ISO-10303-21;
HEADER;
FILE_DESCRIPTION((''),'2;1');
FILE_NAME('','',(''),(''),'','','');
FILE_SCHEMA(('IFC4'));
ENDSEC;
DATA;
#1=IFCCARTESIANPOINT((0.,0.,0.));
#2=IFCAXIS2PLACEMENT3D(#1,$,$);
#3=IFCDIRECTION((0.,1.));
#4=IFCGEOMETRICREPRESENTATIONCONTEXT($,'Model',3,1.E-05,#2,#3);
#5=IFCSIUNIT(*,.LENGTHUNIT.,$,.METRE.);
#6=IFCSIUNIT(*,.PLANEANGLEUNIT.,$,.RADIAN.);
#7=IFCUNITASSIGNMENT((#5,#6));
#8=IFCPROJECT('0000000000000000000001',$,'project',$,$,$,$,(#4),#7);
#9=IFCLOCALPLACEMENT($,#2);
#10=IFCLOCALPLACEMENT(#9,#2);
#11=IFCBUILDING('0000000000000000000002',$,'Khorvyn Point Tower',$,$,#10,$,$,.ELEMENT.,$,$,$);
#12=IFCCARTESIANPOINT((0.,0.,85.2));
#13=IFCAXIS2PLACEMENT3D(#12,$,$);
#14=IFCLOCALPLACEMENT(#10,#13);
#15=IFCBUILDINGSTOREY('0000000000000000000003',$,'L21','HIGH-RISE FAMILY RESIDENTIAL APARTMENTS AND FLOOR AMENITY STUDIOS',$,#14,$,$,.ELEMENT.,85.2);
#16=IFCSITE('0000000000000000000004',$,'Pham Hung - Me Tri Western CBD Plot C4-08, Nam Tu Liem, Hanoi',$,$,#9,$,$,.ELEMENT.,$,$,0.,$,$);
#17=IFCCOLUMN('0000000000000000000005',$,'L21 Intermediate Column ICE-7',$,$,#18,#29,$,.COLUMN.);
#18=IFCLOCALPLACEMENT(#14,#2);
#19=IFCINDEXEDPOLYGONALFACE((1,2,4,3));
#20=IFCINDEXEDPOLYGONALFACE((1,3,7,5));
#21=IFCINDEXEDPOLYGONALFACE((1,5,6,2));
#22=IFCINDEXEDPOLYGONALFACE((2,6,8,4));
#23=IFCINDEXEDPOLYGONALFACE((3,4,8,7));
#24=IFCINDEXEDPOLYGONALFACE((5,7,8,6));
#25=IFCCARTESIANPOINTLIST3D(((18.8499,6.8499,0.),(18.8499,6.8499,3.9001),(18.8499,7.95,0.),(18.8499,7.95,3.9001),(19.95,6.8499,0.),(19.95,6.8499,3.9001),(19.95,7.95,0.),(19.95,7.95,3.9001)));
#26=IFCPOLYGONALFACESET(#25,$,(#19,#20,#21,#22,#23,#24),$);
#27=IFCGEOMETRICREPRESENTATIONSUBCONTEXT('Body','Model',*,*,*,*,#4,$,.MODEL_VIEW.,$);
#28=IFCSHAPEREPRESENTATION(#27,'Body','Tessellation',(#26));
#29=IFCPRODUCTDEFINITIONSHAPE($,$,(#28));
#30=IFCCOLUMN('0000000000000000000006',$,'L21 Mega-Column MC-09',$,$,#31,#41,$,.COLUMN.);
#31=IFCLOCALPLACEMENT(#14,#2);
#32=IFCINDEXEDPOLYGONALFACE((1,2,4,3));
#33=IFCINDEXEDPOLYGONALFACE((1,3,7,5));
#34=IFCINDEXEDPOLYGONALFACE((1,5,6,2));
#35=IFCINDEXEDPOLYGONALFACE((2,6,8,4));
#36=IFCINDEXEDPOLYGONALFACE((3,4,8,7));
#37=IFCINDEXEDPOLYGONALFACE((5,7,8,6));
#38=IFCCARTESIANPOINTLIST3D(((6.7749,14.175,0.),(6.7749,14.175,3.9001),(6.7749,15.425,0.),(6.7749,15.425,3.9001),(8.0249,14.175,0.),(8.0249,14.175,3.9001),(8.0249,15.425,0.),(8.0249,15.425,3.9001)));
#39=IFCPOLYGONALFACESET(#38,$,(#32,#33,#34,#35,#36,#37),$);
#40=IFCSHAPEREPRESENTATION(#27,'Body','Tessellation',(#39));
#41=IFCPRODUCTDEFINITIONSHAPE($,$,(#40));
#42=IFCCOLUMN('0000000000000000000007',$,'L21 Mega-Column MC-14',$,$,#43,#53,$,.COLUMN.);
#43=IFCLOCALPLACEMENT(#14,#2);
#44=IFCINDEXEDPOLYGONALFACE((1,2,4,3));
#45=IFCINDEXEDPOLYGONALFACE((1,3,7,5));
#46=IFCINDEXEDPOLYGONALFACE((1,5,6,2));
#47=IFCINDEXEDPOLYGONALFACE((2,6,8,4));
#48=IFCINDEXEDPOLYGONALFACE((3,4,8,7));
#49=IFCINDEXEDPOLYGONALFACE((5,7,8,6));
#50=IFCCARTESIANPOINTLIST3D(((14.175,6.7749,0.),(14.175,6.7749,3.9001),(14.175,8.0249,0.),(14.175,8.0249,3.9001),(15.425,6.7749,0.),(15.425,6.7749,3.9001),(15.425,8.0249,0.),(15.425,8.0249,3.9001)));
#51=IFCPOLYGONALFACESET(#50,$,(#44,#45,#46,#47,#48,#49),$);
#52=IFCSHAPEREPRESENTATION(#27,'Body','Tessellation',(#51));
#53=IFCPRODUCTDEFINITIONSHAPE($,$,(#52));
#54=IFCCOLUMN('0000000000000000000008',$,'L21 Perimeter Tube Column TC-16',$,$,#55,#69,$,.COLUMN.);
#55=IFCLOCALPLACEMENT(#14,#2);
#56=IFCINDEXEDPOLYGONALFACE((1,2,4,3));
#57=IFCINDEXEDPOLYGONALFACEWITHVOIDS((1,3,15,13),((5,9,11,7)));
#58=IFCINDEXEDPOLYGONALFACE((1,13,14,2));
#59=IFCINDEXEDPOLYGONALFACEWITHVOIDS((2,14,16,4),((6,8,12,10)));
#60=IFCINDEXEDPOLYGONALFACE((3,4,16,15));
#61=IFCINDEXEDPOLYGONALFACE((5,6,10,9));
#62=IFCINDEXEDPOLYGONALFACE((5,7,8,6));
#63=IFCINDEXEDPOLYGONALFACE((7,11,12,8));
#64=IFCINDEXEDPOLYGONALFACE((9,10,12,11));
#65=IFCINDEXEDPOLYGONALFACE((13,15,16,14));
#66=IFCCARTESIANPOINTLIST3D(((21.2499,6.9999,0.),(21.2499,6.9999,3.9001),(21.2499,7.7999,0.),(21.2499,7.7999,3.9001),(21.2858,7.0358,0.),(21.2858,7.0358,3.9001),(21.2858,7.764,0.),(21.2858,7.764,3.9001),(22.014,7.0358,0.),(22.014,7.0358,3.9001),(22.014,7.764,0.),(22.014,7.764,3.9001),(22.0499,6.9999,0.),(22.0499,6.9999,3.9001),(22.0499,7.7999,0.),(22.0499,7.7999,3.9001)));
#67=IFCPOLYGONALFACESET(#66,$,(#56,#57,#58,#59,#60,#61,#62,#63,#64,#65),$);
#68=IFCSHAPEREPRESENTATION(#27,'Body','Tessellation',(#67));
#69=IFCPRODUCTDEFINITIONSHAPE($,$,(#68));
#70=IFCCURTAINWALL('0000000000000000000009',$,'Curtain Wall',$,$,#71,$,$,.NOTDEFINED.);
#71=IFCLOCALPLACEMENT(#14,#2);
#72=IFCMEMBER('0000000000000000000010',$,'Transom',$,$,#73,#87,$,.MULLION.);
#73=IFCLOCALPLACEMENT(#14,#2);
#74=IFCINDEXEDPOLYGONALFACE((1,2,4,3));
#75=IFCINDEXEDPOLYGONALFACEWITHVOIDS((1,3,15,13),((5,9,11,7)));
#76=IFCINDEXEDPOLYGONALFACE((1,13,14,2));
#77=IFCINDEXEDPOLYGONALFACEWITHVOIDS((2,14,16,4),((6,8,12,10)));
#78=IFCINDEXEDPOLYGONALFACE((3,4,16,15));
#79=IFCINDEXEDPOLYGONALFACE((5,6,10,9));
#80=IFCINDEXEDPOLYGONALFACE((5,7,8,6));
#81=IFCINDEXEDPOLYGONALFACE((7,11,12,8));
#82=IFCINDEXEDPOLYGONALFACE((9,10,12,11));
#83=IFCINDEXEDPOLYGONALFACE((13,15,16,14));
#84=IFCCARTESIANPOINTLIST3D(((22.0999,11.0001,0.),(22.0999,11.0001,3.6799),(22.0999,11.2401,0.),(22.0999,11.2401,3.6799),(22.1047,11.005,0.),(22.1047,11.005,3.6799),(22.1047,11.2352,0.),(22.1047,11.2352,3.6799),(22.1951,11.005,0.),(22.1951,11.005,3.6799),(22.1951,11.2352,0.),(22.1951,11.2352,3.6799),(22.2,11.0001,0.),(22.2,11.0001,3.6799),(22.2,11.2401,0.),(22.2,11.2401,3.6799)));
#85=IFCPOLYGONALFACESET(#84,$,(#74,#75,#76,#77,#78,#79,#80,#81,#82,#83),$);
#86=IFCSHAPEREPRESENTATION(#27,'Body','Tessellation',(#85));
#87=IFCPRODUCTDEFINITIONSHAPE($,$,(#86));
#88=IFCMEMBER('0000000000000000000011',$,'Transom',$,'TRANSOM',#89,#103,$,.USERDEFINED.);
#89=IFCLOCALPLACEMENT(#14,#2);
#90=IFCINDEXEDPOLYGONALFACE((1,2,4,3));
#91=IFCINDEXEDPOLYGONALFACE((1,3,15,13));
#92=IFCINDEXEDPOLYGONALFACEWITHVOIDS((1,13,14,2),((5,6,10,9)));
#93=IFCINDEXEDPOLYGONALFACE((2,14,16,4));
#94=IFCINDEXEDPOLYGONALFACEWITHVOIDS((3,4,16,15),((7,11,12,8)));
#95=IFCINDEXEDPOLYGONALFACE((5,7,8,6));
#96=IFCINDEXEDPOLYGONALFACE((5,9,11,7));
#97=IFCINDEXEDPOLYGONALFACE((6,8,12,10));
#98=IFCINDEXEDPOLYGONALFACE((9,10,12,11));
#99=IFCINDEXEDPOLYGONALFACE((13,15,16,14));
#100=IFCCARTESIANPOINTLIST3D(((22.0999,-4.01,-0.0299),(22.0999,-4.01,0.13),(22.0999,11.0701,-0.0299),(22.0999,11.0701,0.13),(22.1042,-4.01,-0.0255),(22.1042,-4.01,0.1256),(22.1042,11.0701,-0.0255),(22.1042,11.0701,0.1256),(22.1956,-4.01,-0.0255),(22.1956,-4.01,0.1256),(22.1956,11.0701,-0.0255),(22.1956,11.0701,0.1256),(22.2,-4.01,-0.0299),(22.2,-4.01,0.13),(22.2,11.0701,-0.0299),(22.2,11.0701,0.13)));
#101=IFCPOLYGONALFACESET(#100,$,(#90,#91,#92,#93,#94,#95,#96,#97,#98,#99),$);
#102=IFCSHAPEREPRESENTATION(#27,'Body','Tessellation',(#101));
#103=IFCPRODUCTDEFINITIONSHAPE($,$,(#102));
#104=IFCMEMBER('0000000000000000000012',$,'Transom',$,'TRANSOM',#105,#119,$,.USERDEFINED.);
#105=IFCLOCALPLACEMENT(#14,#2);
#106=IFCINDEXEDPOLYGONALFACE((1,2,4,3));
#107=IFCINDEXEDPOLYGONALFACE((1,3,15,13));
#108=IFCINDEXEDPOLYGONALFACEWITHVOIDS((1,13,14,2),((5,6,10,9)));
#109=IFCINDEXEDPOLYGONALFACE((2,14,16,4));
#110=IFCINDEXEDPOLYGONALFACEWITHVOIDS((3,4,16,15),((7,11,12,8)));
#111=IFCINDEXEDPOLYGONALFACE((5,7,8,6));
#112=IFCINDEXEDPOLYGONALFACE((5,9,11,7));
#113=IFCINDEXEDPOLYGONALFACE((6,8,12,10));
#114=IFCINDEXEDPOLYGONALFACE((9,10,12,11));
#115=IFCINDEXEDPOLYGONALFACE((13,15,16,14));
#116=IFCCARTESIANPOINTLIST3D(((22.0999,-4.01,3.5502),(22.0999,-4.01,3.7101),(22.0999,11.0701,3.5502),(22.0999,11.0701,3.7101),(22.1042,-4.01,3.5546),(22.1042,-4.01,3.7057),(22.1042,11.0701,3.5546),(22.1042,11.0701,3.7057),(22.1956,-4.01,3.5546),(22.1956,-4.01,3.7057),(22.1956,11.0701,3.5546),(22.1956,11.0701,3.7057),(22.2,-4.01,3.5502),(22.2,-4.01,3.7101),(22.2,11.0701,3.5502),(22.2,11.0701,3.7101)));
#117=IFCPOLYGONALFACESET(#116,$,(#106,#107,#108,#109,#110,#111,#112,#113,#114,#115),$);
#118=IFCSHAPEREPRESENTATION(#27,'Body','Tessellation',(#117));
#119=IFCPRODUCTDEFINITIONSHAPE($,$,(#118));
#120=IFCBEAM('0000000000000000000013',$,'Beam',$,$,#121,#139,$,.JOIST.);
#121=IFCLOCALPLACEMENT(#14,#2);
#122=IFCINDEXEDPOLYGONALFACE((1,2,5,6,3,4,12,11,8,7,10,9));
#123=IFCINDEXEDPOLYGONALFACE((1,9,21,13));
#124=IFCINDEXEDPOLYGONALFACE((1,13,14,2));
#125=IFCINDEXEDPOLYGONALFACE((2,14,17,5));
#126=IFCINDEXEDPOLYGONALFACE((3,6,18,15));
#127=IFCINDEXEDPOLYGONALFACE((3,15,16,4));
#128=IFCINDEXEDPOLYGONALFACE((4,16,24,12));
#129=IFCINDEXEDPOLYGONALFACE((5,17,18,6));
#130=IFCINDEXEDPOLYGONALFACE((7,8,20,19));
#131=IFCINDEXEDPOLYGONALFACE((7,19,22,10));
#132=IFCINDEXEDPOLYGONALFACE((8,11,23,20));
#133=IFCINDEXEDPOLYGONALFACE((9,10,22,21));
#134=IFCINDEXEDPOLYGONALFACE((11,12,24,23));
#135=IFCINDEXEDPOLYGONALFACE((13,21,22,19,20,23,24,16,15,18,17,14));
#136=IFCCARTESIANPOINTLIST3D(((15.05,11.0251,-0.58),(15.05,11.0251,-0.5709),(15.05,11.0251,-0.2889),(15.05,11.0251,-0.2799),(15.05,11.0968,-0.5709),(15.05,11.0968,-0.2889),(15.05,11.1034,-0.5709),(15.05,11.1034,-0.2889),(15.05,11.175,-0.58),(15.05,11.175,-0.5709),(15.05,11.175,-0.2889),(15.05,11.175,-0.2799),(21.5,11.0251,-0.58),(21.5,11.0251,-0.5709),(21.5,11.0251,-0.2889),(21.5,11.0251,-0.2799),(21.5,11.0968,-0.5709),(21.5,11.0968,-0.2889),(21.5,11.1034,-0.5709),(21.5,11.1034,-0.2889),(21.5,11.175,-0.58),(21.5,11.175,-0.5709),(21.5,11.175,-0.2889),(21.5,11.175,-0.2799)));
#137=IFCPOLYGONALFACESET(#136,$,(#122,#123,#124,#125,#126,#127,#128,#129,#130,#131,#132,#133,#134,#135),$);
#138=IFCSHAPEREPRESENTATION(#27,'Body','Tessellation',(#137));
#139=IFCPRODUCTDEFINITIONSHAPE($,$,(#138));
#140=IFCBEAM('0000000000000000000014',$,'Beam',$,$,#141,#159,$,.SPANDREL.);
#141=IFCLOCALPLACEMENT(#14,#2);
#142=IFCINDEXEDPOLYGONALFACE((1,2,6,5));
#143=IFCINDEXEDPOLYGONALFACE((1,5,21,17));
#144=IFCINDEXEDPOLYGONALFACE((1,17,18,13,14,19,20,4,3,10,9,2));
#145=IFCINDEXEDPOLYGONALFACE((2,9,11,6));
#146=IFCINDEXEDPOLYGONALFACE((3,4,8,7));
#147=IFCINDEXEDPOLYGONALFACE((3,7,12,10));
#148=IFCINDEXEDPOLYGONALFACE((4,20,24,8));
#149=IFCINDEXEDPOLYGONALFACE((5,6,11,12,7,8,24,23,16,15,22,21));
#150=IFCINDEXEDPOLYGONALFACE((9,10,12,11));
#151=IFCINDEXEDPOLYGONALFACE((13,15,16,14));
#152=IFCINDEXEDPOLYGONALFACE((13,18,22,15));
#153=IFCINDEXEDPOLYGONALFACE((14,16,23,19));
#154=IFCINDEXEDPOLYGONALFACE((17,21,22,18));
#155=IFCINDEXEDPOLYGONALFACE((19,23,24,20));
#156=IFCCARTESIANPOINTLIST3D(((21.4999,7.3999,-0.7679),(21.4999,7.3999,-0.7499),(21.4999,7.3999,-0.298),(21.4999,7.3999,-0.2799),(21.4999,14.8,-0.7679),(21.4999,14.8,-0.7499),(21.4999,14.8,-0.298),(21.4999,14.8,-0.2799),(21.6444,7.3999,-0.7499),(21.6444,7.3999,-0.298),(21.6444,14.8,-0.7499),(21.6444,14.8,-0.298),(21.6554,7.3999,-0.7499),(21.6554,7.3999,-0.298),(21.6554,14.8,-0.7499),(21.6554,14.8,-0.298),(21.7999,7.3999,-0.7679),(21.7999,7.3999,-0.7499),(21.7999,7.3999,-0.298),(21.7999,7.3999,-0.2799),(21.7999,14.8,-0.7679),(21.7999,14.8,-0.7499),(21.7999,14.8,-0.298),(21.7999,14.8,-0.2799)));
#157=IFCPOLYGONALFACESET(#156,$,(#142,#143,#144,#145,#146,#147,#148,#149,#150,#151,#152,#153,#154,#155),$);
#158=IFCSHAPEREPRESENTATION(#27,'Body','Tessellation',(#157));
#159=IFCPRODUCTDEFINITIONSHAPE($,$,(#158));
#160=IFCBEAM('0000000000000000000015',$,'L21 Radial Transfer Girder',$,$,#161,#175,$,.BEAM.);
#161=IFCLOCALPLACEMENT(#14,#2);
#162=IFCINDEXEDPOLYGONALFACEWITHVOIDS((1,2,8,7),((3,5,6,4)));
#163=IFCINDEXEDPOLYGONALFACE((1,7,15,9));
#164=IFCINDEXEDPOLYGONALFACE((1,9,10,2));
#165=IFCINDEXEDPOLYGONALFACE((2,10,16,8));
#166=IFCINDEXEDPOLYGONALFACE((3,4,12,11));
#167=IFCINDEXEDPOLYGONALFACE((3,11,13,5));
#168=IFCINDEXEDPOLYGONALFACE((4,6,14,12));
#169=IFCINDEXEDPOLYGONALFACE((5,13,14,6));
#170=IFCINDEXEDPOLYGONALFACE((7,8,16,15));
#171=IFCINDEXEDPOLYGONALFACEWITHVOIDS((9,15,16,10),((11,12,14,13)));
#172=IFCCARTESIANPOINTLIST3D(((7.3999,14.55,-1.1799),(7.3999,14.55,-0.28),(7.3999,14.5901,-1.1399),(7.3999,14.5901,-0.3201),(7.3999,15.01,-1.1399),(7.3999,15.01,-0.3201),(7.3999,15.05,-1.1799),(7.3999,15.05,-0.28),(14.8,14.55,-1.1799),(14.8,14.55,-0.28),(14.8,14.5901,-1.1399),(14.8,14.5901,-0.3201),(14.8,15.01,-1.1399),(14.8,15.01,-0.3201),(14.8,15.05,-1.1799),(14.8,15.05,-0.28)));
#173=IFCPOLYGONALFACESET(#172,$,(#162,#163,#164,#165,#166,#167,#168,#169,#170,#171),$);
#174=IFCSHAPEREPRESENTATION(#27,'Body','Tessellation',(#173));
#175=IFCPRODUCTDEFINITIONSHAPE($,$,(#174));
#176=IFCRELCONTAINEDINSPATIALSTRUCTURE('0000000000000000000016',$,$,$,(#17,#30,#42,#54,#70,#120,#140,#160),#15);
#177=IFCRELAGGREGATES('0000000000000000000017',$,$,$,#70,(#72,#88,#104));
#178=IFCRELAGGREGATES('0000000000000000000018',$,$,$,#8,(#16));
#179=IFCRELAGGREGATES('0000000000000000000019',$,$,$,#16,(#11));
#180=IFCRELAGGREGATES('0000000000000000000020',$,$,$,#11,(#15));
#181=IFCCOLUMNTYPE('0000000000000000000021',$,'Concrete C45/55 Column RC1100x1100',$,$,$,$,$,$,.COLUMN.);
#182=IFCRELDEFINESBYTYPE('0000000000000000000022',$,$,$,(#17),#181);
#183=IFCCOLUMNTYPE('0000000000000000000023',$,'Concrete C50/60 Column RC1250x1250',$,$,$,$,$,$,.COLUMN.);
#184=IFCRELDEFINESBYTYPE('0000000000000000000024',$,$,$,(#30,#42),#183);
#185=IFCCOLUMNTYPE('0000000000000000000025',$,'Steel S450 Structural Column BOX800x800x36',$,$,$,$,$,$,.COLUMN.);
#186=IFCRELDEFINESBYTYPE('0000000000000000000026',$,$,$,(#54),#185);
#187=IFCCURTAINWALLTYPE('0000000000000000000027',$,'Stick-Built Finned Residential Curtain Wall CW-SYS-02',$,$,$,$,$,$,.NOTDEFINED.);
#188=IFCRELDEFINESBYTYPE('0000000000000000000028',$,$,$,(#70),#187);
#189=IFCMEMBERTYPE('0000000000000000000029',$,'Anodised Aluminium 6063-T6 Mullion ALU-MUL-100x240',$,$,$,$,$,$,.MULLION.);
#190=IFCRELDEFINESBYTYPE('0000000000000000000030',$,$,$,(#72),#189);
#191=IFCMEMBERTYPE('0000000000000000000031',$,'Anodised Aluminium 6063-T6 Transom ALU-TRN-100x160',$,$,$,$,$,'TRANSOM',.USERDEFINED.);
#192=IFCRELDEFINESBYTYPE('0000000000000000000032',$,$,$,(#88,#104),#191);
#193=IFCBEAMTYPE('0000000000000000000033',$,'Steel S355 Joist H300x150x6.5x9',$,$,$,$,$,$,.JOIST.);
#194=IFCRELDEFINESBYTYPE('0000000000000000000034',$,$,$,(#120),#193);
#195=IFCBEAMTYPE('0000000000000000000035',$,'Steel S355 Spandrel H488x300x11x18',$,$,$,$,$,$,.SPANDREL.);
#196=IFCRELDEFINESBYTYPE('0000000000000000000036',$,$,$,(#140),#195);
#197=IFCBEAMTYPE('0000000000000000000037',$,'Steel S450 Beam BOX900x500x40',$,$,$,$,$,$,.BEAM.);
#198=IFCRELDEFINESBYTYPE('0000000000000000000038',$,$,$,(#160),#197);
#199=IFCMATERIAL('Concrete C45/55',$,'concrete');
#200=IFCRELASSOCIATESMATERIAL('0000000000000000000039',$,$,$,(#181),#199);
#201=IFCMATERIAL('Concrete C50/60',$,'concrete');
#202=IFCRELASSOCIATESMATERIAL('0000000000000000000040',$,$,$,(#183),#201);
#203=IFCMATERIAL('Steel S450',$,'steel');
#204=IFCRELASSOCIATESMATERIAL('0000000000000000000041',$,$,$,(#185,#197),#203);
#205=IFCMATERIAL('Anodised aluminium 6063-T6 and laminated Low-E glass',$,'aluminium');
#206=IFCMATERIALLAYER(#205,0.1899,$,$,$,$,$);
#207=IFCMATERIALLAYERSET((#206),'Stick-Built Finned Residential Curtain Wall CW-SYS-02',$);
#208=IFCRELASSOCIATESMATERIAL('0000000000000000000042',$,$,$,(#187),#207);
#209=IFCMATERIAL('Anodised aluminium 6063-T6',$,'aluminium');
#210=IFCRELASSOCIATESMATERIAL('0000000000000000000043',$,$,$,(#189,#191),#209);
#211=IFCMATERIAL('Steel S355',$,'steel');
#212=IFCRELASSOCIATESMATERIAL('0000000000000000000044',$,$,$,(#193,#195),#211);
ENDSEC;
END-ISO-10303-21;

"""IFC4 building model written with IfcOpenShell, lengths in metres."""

from ifc_helpers import new_model, si_unit, direction, frame, origin, origin_2d, place, context, subcontext, project, spatial, rectangle, hollow_rectangle, i_section, extrude, material, layer, layer_set, material_profile, profile_set, type_object, element, aggregate, save


model = new_model("IFC4")

# Units and contexts
model_context = context("Model", 3, precision=1e-05, world=origin(), true_north=direction((0.0, 1.0)))
body_context = subcontext(model_context, "Body", "Model", "MODEL_VIEW")
ifc_project = project(units=[si_unit("LENGTHUNIT", "METRE"), si_unit("PLANEANGLEUNIT", "RADIAN")], contexts=[model_context])

# Site, building, storey
site_placement = place(None, origin())
site = spatial("IfcSite", under=ifc_project, at=site_placement, Name="Pham Hung - Me Tri Western CBD Plot C4-08, Nam Tu Liem, Hanoi", CompositionType="ELEMENT", RefElevation=0.0)
building_placement = place(site_placement, origin())
building = spatial("IfcBuilding", under=site, at=building_placement, Name="Khorvyn Point Tower", CompositionType="ELEMENT")
storey_placement = place(building_placement, frame((0.0, 0.0, 85.2)))
storey = spatial("IfcBuildingStorey", under=building, at=storey_placement, Name="L21", Description="HIGH-RISE FAMILY RESIDENTIAL APARTMENTS AND FLOOR AMENITY STUDIOS", CompositionType="ELEMENT", Elevation=85.2)

# Columns
ifc_material_1 = material(Name="Concrete C45/55", Category="concrete")
ifc_material_profile_1 = material_profile(ifc_material_1, rectangle(XDim=1.1001, YDim=1.1001, at=origin_2d()))
ifc_profile_set_1 = profile_set([ifc_material_profile_1], Name="Concrete C45/55 RC1100x1100")
column_type_1 = type_object("IfcColumnType", Name="Concrete C45/55 Column RC1100x1100", PredefinedType="COLUMN", material=ifc_profile_set_1)
column_1_placement = place(storey_placement, frame((19.3999, 7.3999, 0.0), z_axis=(0.0, 0.0, 1.0), x_axis=(1.0, 0.0, 0.0)))
element("IfcColumn", 1, at=column_1_placement, inside=storey, type_object=column_type_1, Name="L21 Intermediate Column ICE-7", PredefinedType="COLUMN", context=body_context, shape_type="SweptSolid", body=[
    extrude(rectangle(XDim=1.1001, YDim=1.1001, at=origin_2d()), origin(), (0.0, 0.0, 1.0), 3.9001),
])
ifc_material_2 = material(Name="Concrete C50/60", Category="concrete")
ifc_material_profile_2 = material_profile(ifc_material_2, rectangle(XDim=1.25, YDim=1.25, at=origin_2d()))
ifc_profile_set_2 = profile_set([ifc_material_profile_2], Name="Concrete C50/60 RC1250x1250")
column_type_2 = type_object("IfcColumnType", Name="Concrete C50/60 Column RC1250x1250", PredefinedType="COLUMN", material=ifc_profile_set_2)
for number, where, z_axis, x_axis, name in (
    (2, (7.3999, 14.8, 0.0), (0.0, 0.0, 1.0), (1.0, 0.0, 0.0), "L21 Mega-Column MC-09"),
    (3, (14.8, 7.3999, 0.0), (0.0, 0.0, 1.0), (1.0, 0.0, 0.0), "L21 Mega-Column MC-14"),
):
    element("IfcColumn", number, at=place(storey_placement, frame(where, z_axis=z_axis, x_axis=x_axis)), inside=storey, type_object=column_type_2, Name=name, PredefinedType="COLUMN", context=body_context, shape_type="SweptSolid", body=[
        extrude(rectangle(XDim=1.25, YDim=1.25, at=origin_2d()), origin(), (0.0, 0.0, 1.0), 3.9001),
    ])
ifc_material_3 = material(Name="Steel S450", Category="steel")
ifc_material_profile_3 = material_profile(ifc_material_3, hollow_rectangle(XDim=0.8, YDim=0.8, WallThickness=0.0359, at=origin_2d()))
ifc_profile_set_3 = profile_set([ifc_material_profile_3], Name="Steel S450 BOX800x800x36")
column_type_3 = type_object("IfcColumnType", Name="Steel S450 Structural Column BOX800x800x36", PredefinedType="COLUMN", material=ifc_profile_set_3)
column_2_placement = place(storey_placement, frame((21.6499, 7.3999, 0.0), z_axis=(0.0, 0.0, 1.0), x_axis=(1.0, 0.0, 0.0)))
element("IfcColumn", 4, at=column_2_placement, inside=storey, type_object=column_type_3, Name="L21 Perimeter Tube Column TC-16", PredefinedType="COLUMN", context=body_context, shape_type="SweptSolid", body=[
    extrude(hollow_rectangle(XDim=0.8, YDim=0.8, WallThickness=0.0359, at=origin_2d()), origin(), (0.0, 0.0, 1.0), 3.9001),
])

# Curtain wall, members
ifc_material_4 = material(Name="Anodised aluminium 6063-T6 and laminated Low-E glass", Category="aluminium")
ifc_layer_1 = layer(ifc_material_4, 0.1899)
ifc_layer_set_1 = layer_set([ifc_layer_1], Name="Stick-Built Finned Residential Curtain Wall CW-SYS-02")
curtain_wall_type = type_object("IfcCurtainWallType", Name="Stick-Built Finned Residential Curtain Wall CW-SYS-02", PredefinedType="NOTDEFINED", material=ifc_layer_set_1)
curtain_wall_placement = place(storey_placement, origin())
curtain_wall = element("IfcCurtainWall", 5, at=curtain_wall_placement, inside=storey, type_object=curtain_wall_type, Name="Curtain Wall", PredefinedType="NOTDEFINED")
ifc_material_5 = material(Name="Anodised aluminium 6063-T6", Category="aluminium")
ifc_material_profile_4 = material_profile(ifc_material_5, hollow_rectangle(XDim=0.1001, YDim=0.24, WallThickness=0.0049, at=origin_2d()))
ifc_profile_set_4 = profile_set([ifc_material_profile_4], Name="Anodised aluminium 6063-T6 ALU-MUL-100x240")
member_type_1 = type_object("IfcMemberType", Name="Anodised Aluminium 6063-T6 Mullion ALU-MUL-100x240", PredefinedType="MULLION", material=ifc_profile_set_4)
member_1_placement = place(storey_placement, frame((22.1499, 11.1201, 0.0), z_axis=(0.0, 0.0, 1.0), x_axis=(1.0, 0.0, 0.0)))
member_1 = element("IfcMember", 6, at=member_1_placement, type_object=member_type_1, Name="Transom", PredefinedType="MULLION", context=body_context, shape_type="SweptSolid", body=[
    extrude(hollow_rectangle(XDim=0.1001, YDim=0.24, WallThickness=0.0049, at=origin_2d()), origin(), (0.0, 0.0, 1.0), 3.6799),
])
ifc_material_profile_5 = material_profile(ifc_material_5, hollow_rectangle(XDim=0.1001, YDim=0.1599, WallThickness=0.0044, at=origin_2d()))
ifc_profile_set_5 = profile_set([ifc_material_profile_5], Name="Anodised aluminium 6063-T6 ALU-TRN-100x160")
member_type_2 = type_object("IfcMemberType", Name="Anodised Aluminium 6063-T6 Transom ALU-TRN-100x160", ElementType="TRANSOM", PredefinedType="USERDEFINED", material=ifc_profile_set_5)
member_2_placement = place(storey_placement, frame((22.1499, 11.0701, 0.05), z_axis=(0.0, -1.0, 0.0), x_axis=(1.0, 0.0, 0.0)))
member_2 = element("IfcMember", 7, at=member_2_placement, type_object=member_type_2, Name="Transom", ObjectType="TRANSOM", PredefinedType="USERDEFINED", context=body_context, shape_type="SweptSolid", body=[
    extrude(hollow_rectangle(XDim=0.1001, YDim=0.1599, WallThickness=0.0044, at=origin_2d()), origin(), (0.0, 0.0, 1.0), 15.0801),
])
member_3_placement = place(storey_placement, frame((22.1499, 11.0701, 3.6301), z_axis=(0.0, -1.0, 0.0), x_axis=(1.0, 0.0, 0.0)))
member_3 = element("IfcMember", 8, at=member_3_placement, type_object=member_type_2, Name="Transom", ObjectType="TRANSOM", PredefinedType="USERDEFINED", context=body_context, shape_type="SweptSolid", body=[
    extrude(hollow_rectangle(XDim=0.1001, YDim=0.1599, WallThickness=0.0044, at=origin_2d()), origin(), (0.0, 0.0, 1.0), 15.0801),
])

# Beams
ifc_material_6 = material(Name="Steel S355", Category="steel")
ifc_material_profile_6 = material_profile(ifc_material_6, i_section(OverallWidth=0.1499, OverallDepth=0.3, WebThickness=0.0066, FlangeThickness=0.009, at=origin_2d()))
ifc_profile_set_6 = profile_set([ifc_material_profile_6], Name="Steel S355 H300x150x6.5x9")
beam_type_1 = type_object("IfcBeamType", Name="Steel S355 Joist H300x150x6.5x9", PredefinedType="JOIST", material=ifc_profile_set_6)
beam_1_placement = place(storey_placement, frame((15.05, 11.1001, -0.4299), z_axis=(1.0, 0.0, 0.0), x_axis=(0.0, 1.0, 0.0)))
element("IfcBeam", 9, at=beam_1_placement, inside=storey, type_object=beam_type_1, Name="Beam", PredefinedType="JOIST", context=body_context, shape_type="SweptSolid", body=[
    extrude(i_section(OverallWidth=0.1499, OverallDepth=0.3, WebThickness=0.0066, FlangeThickness=0.009, at=origin_2d()), origin(), (0.0, 0.0, 1.0), 6.45),
])
ifc_material_profile_7 = material_profile(ifc_material_6, i_section(OverallWidth=0.3, OverallDepth=0.488, WebThickness=0.011, FlangeThickness=0.0181, at=origin_2d()))
ifc_profile_set_7 = profile_set([ifc_material_profile_7], Name="Steel S355 H488x300x11x18")
beam_type_2 = type_object("IfcBeamType", Name="Steel S355 Spandrel H488x300x11x18", PredefinedType="SPANDREL", material=ifc_profile_set_7)
beam_2_placement = place(storey_placement, frame((21.6499, 7.3999, -0.5239), z_axis=(0.0, 1.0, 0.0), x_axis=(-1.0, 0.0, 0.0)))
element("IfcBeam", 10, at=beam_2_placement, inside=storey, type_object=beam_type_2, Name="Beam", PredefinedType="SPANDREL", context=body_context, shape_type="SweptSolid", body=[
    extrude(i_section(OverallWidth=0.3, OverallDepth=0.488, WebThickness=0.011, FlangeThickness=0.0181, at=origin_2d()), origin(), (0.0, 0.0, 1.0), 7.4001),
])
ifc_material_profile_8 = material_profile(ifc_material_3, hollow_rectangle(XDim=0.5, YDim=0.8999, WallThickness=0.04, at=origin_2d()))
ifc_profile_set_8 = profile_set([ifc_material_profile_8], Name="Steel S450 BOX900x500x40")
beam_type_3 = type_object("IfcBeamType", Name="Steel S450 Beam BOX900x500x40", PredefinedType="BEAM", material=ifc_profile_set_8)
beam_3_placement = place(storey_placement, frame((7.3999, 14.8, -0.73), z_axis=(1.0, 0.0, 0.0), x_axis=(0.0, 1.0, 0.0)))
element("IfcBeam", 11, at=beam_3_placement, inside=storey, type_object=beam_type_3, Name="L21 Radial Transfer Girder", PredefinedType="BEAM", context=body_context, shape_type="SweptSolid", body=[
    extrude(hollow_rectangle(XDim=0.5, YDim=0.8999, WallThickness=0.04, at=origin_2d()), origin(), (0.0, 0.0, 1.0), 7.4001),
])

aggregate(curtain_wall, [member_1, member_2, member_3])

save(model, "model.ifc")
